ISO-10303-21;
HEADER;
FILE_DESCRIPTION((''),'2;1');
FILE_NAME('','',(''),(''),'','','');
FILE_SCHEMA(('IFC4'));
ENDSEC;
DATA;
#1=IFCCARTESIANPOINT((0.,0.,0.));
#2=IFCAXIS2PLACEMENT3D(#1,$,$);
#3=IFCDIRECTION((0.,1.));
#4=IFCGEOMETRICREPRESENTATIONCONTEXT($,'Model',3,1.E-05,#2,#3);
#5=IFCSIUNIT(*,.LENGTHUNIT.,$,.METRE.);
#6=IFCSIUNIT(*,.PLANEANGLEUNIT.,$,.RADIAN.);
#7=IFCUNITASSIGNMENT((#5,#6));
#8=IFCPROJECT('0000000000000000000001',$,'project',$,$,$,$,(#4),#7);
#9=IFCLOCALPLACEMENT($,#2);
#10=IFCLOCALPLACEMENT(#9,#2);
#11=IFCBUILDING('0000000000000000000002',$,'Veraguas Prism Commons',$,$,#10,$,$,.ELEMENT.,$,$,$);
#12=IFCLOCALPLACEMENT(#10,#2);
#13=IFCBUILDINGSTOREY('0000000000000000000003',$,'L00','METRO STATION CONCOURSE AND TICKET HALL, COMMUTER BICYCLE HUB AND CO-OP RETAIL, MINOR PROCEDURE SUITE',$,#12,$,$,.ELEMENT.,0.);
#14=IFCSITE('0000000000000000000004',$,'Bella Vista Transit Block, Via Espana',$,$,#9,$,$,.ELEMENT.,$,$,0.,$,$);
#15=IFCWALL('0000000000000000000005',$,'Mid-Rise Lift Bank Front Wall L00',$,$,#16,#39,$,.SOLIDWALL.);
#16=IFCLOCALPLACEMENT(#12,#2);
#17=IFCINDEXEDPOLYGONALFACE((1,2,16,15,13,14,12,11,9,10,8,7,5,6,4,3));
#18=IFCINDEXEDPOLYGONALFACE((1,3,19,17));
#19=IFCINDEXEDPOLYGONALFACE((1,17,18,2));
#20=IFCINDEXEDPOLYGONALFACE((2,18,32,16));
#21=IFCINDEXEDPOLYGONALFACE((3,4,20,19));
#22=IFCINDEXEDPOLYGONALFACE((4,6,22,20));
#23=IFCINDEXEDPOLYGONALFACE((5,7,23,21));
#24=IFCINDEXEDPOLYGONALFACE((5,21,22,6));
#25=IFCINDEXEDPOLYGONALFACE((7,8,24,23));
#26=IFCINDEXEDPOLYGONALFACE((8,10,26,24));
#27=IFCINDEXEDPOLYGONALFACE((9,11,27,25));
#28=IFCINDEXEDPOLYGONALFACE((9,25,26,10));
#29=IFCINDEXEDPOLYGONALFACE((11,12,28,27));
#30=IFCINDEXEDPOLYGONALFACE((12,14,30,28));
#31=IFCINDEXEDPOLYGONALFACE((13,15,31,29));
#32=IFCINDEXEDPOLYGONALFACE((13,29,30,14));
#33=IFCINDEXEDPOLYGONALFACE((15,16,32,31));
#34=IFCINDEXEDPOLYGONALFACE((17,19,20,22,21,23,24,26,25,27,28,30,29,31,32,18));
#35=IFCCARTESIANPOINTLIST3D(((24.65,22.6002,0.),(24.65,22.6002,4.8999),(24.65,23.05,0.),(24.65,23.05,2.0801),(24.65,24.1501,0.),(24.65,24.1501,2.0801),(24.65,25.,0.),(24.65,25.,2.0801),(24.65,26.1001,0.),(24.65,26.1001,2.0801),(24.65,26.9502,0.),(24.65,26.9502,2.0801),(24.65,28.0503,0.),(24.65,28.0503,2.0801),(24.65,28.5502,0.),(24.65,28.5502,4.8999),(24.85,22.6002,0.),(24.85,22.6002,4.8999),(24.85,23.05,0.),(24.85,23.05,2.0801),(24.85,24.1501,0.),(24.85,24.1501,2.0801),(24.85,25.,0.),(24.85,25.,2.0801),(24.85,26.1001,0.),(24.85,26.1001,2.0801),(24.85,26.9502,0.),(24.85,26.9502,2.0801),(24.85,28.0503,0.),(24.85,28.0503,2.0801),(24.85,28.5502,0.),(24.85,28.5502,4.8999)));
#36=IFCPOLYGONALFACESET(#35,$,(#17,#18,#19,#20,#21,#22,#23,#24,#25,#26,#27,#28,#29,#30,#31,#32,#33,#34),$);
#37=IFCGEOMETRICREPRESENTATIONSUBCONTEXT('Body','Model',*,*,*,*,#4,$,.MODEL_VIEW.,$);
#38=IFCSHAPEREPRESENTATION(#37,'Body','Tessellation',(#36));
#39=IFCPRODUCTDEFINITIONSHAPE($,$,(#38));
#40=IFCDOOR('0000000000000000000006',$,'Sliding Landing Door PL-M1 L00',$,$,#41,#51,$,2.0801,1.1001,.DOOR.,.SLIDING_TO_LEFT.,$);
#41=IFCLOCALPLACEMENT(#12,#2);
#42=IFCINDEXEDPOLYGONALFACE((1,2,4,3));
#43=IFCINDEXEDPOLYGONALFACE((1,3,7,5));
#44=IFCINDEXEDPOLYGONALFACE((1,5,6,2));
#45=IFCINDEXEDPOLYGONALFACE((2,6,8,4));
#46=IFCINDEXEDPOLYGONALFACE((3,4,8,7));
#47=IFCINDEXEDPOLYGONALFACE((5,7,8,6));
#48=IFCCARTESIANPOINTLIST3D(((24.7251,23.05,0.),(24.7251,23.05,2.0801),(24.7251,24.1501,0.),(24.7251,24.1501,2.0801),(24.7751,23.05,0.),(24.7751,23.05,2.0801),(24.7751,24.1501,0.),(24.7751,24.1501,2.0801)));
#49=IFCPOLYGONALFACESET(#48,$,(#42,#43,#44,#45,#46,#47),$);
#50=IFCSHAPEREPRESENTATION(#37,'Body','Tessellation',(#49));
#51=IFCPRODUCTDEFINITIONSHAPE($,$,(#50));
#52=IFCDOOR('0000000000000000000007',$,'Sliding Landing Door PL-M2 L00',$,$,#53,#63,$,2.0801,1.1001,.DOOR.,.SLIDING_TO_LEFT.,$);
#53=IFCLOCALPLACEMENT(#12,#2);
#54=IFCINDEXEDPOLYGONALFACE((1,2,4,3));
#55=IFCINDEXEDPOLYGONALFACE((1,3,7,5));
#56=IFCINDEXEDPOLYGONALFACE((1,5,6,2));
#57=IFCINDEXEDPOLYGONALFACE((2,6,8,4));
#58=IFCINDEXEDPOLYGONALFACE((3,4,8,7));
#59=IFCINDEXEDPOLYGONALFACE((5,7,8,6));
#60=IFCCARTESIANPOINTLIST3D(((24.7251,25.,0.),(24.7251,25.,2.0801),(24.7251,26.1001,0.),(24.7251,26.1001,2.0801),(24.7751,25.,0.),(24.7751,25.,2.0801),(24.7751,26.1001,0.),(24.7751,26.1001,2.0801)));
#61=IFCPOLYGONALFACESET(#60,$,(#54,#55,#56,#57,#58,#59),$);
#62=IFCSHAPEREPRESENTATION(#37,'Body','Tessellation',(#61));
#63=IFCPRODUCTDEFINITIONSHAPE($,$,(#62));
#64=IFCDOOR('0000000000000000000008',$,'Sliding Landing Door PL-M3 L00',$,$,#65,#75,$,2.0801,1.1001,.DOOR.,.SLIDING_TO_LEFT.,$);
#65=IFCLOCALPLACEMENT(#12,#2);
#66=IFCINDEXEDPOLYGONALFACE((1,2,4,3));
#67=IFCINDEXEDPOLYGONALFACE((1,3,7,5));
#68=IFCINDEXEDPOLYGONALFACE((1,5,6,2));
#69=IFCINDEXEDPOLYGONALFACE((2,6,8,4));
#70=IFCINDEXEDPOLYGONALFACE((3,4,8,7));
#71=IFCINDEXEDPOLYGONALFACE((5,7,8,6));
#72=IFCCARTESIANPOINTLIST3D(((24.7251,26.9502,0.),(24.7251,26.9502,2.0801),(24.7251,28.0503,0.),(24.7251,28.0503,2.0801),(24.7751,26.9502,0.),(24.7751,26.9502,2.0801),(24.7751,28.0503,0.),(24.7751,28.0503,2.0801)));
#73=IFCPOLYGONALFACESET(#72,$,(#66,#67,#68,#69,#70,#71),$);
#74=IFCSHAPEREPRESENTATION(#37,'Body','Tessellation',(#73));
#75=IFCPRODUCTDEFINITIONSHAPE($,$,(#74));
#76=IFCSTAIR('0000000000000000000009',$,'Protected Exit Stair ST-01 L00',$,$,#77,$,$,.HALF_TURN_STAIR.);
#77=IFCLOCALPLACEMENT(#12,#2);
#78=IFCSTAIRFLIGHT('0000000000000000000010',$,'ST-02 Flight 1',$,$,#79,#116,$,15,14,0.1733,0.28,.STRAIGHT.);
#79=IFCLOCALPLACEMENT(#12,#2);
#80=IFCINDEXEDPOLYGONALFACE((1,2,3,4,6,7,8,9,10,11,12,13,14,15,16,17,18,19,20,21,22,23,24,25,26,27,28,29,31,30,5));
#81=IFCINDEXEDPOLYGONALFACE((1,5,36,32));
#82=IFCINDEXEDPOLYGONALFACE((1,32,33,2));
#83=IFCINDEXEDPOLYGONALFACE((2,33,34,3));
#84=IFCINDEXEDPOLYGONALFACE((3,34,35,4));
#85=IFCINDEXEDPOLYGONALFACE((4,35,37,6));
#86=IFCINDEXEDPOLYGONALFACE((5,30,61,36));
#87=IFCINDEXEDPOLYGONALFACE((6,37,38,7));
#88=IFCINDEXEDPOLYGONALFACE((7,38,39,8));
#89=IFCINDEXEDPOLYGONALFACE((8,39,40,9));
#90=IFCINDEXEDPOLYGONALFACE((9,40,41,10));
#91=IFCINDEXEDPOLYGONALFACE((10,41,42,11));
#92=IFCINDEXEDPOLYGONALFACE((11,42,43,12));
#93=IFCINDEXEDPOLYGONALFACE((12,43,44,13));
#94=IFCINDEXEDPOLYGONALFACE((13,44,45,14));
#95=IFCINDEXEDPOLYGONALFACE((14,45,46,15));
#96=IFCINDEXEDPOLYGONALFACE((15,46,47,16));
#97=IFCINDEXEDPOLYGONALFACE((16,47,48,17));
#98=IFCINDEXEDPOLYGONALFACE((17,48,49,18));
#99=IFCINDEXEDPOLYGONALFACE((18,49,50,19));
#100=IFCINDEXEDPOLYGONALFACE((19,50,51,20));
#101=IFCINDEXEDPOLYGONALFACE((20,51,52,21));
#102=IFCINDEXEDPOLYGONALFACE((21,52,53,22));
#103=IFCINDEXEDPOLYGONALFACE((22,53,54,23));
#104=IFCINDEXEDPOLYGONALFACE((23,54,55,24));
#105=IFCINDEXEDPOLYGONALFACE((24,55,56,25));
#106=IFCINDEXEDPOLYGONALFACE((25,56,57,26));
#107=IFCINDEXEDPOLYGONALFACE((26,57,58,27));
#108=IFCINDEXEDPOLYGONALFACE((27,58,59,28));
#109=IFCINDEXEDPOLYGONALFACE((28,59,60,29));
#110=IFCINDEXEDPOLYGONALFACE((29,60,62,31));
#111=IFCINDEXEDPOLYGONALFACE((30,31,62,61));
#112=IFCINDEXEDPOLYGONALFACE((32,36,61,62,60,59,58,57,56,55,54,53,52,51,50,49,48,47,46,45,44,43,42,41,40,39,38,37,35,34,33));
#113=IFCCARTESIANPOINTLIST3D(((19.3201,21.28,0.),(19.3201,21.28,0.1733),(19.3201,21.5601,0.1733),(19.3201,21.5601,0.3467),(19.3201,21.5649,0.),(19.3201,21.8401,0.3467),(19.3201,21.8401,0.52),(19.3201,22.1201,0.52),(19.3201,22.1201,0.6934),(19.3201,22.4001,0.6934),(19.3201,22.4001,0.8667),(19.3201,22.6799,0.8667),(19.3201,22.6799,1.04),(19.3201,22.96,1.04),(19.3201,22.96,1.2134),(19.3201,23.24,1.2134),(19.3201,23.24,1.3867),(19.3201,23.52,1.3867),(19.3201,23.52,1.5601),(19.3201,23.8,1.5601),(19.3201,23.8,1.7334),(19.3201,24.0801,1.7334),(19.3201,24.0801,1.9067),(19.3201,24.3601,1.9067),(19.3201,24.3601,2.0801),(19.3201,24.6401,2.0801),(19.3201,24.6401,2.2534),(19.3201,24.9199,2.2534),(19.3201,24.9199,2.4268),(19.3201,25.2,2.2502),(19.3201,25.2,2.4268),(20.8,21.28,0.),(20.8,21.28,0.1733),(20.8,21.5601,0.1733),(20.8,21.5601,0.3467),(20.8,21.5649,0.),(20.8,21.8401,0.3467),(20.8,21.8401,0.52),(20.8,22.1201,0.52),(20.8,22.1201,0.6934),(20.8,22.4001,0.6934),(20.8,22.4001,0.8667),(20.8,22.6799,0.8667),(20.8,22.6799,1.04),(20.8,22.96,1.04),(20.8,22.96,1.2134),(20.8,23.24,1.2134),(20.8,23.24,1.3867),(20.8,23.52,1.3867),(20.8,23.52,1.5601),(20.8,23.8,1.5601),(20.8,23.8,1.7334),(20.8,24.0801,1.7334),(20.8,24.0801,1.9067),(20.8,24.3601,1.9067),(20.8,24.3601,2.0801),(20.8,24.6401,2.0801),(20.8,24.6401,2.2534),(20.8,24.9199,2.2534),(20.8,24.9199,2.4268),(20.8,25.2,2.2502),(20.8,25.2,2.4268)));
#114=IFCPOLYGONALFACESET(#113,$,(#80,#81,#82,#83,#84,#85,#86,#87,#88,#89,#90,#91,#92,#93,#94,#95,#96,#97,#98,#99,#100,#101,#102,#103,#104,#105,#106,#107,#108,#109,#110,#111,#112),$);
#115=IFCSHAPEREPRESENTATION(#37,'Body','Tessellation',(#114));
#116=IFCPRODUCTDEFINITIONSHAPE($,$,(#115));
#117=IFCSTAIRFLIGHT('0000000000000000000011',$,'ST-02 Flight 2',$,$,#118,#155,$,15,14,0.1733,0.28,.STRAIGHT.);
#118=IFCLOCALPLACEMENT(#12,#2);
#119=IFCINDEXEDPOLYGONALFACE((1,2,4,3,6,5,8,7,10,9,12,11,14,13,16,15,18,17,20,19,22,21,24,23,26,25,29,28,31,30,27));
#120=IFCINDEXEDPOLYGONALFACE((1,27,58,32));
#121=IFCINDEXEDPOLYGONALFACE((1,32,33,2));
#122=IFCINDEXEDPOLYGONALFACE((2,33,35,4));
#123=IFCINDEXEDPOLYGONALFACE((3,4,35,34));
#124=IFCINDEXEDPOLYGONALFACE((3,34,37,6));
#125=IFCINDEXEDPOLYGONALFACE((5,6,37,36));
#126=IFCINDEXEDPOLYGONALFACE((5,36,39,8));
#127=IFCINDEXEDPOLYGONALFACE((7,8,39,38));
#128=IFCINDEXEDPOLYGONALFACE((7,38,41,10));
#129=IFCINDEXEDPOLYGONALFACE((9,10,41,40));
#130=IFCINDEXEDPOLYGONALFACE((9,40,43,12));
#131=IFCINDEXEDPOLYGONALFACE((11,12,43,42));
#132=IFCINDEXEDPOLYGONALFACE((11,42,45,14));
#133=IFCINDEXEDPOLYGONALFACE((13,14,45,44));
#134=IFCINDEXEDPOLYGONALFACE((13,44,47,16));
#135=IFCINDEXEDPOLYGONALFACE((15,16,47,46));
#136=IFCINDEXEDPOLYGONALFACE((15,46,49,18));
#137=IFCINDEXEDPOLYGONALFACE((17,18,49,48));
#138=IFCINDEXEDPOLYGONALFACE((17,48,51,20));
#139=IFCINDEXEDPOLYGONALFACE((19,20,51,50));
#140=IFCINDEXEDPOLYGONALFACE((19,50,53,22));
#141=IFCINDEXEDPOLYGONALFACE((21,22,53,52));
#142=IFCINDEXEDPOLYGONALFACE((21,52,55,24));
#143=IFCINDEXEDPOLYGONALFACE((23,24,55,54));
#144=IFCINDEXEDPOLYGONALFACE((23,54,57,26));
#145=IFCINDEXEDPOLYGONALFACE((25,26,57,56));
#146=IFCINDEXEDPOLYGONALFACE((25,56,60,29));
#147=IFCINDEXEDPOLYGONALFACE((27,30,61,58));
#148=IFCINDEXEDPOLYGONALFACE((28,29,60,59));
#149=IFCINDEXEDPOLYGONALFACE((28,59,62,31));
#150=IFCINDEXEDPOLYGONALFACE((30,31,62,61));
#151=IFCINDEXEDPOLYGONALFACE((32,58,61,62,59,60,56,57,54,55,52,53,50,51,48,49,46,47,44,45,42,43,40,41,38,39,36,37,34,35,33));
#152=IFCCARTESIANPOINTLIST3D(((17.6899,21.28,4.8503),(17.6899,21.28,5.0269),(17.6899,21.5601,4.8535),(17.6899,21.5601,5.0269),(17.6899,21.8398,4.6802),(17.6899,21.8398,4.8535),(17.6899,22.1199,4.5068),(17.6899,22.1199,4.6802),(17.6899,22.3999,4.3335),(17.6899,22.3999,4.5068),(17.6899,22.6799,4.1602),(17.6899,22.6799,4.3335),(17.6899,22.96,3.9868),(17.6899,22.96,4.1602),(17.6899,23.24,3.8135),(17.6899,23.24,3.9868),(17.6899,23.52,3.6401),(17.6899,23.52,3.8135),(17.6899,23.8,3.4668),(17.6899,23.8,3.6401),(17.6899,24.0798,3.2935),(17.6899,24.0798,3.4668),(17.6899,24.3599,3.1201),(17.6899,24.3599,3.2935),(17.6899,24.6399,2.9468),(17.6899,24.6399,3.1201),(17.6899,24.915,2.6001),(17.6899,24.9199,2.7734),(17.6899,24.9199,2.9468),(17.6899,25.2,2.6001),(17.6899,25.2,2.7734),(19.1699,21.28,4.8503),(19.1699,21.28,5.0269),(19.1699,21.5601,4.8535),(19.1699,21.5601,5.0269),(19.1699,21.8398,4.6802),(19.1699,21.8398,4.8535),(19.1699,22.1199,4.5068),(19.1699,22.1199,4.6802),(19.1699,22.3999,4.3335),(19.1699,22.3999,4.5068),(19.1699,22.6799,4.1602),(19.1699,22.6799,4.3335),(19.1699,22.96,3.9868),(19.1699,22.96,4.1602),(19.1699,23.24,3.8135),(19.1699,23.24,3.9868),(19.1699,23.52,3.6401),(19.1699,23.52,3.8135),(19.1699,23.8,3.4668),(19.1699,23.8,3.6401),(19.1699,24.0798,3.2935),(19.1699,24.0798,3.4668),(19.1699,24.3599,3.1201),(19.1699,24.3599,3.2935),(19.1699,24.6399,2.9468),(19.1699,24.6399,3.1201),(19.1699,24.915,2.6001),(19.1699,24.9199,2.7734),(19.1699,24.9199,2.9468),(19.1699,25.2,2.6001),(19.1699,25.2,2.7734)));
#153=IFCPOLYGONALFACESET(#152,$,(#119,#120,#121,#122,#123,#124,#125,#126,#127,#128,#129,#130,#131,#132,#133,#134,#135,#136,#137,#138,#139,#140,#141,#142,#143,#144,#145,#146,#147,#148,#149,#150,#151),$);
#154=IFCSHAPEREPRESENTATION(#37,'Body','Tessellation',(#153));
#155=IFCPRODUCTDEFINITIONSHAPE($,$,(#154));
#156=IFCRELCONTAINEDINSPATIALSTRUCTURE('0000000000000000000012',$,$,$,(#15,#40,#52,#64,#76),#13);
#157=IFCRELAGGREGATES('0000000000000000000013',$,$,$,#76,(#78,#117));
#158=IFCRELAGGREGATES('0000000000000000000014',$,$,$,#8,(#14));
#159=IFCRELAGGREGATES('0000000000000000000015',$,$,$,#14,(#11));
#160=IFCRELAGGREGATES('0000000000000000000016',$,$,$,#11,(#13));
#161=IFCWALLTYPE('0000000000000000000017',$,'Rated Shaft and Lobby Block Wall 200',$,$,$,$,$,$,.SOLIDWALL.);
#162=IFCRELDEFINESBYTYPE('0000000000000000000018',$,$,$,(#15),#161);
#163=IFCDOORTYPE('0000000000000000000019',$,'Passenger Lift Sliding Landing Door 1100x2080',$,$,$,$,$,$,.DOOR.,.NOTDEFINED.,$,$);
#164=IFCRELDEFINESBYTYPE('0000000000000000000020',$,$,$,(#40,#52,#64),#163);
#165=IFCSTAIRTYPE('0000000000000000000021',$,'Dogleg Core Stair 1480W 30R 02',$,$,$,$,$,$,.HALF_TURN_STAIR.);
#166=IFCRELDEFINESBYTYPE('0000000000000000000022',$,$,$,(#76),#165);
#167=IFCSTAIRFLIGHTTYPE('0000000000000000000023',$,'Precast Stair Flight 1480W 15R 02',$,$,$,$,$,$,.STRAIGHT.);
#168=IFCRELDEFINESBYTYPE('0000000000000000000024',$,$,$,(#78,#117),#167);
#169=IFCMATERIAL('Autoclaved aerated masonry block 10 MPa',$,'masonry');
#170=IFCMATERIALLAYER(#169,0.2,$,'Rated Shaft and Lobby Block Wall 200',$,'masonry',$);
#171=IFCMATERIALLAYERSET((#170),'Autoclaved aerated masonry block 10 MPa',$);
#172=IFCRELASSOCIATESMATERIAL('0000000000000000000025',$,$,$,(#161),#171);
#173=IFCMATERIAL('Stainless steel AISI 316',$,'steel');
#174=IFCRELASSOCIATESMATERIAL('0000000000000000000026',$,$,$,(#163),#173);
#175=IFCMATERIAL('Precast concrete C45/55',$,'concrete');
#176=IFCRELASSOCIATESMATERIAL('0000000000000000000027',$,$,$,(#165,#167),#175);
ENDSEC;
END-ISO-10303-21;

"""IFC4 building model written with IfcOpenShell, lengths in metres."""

from ifc_helpers import new_model, si_unit, direction, frame, frame_2d, origin, place, context, subcontext, project, spatial, polyline, rectangle, outline, extrude, source, transform, mapped, material, layer, layer_set, type_object, element, fill, aggregate, save


model = new_model("IFC4")

# Units and contexts
model_context = context("Model", 3, precision=1e-05, world=origin(), true_north=direction((0.0, 1.0)))
body_context = subcontext(model_context, "Body", "Model", "MODEL_VIEW")
ifc_project = project(units=[si_unit("LENGTHUNIT", "METRE"), si_unit("PLANEANGLEUNIT", "RADIAN")], contexts=[model_context])

# Site, building, storey
site_placement = place(None, origin())
site = spatial("IfcSite", under=ifc_project, at=site_placement, Name="Bella Vista Transit Block, Via Espana", CompositionType="ELEMENT", RefElevation=0.0)
building_placement = place(site_placement, origin())
building = spatial("IfcBuilding", under=site, at=building_placement, Name="Veraguas Prism Commons", CompositionType="ELEMENT")
storey_placement = place(building_placement, origin())
storey = spatial("IfcBuildingStorey", under=building, at=storey_placement, Name="L00", Description="METRO STATION CONCOURSE AND TICKET HALL, COMMUTER BICYCLE HUB AND CO-OP RETAIL, MINOR PROCEDURE SUITE", CompositionType="ELEMENT", Elevation=0.0)

# Shared definitions
ifc_material_1 = material(Name="Autoclaved aerated masonry block 10 MPa", Category="masonry")
ifc_layer = layer(ifc_material_1, 0.2, Name="Rated Shaft and Lobby Block Wall 200", Category="masonry")
ifc_layer_set = layer_set([ifc_layer], Name="Autoclaved aerated masonry block 10 MPa")
wall_type = type_object("IfcWallType", Name="Rated Shaft and Lobby Block Wall 200", PredefinedType="SOLIDWALL", material=ifc_layer_set)

# Wall, openings, doors
ifc_material_2 = material(Name="Stainless steel AISI 316", Category="steel")
door_type = type_object("IfcDoorType", Name="Passenger Lift Sliding Landing Door 1100x2080", OperationType="NOTDEFINED", PredefinedType="DOOR", material=ifc_material_2)
shared_shape_1 = source(origin(), body_context, "Body", "SweptSolid", [
    extrude(rectangle(XDim=1.1001, YDim=2.0801, at=frame_2d((0.55, 1.04))), frame((0.0, 0.0249, 0.0), z_axis=(0.0, -1.0, 0.0), x_axis=(1.0, 0.0, 0.0)), (0.0, 0.0, 1.0), 0.05),
])
wall_1_placement = place(storey_placement, frame((24.75, 22.6001, 0.0), z_axis=(0.0, 0.0, 1.0), x_axis=(0.0, 1.0, 0.0)))
wall_1 = element("IfcWall", 1, at=wall_1_placement, inside=storey, type_object=wall_type, Name="Mid-Rise Lift Bank Front Wall L00", PredefinedType="SOLIDWALL", context=body_context, shape_type="SweptSolid", body=[
    extrude(rectangle(XDim=5.95, YDim=0.2, at=frame_2d((2.9751, 0.0))), origin(), (0.0, 0.0, 1.0), 4.8999),
])
opening_1_placement = place(wall_1_placement, frame((0.45, 0.0, 0.0)))
opening_1 = element("IfcOpeningElement", 2, at=opening_1_placement, cuts=wall_1, PredefinedType="OPENING", context=body_context, shape_type="SweptSolid", body=[
    extrude(rectangle(XDim=1.1001, YDim=2.0801, at=frame_2d((0.55, 1.04))), frame((0.0, 0.1099, 0.0), z_axis=(0.0, -1.0, 0.0), x_axis=(1.0, 0.0, 0.0)), (0.0, 0.0, 1.0), 0.22),
])
opening_2_placement = place(wall_1_placement, frame((2.3999, 0.0, 0.0)))
opening_2 = element("IfcOpeningElement", 3, at=opening_2_placement, cuts=wall_1, PredefinedType="OPENING", context=body_context, shape_type="SweptSolid", body=[
    extrude(rectangle(XDim=1.1001, YDim=2.0801, at=frame_2d((0.55, 1.04))), frame((0.0, 0.1099, 0.0), z_axis=(0.0, -1.0, 0.0), x_axis=(1.0, 0.0, 0.0)), (0.0, 0.0, 1.0), 0.22),
])
opening_3_placement = place(wall_1_placement, frame((4.3501, 0.0, 0.0)))
opening_3 = element("IfcOpeningElement", 4, at=opening_3_placement, cuts=wall_1, PredefinedType="OPENING", context=body_context, shape_type="SweptSolid", body=[
    extrude(rectangle(XDim=1.1001, YDim=2.0801, at=frame_2d((0.55, 1.04))), frame((0.0, 0.1099, 0.0), z_axis=(0.0, -1.0, 0.0), x_axis=(1.0, 0.0, 0.0)), (0.0, 0.0, 1.0), 0.22),
])
door_1_placement = place(opening_1_placement, origin())
door_1 = element("IfcDoor", 5, at=door_1_placement, inside=storey, type_object=door_type, Name="Sliding Landing Door PL-M1 L00", OperationType="SLIDING_TO_LEFT", OverallHeight=2.0801, OverallWidth=1.1001, PredefinedType="DOOR", context=body_context, shape_type="MappedRepresentation", body=[
    mapped(shared_shape_1, transform((0.0, 0.0, 0.0), scale=1.0)),
])
fill(opening_1, door_1)
door_2_placement = place(opening_2_placement, origin())
door_2 = element("IfcDoor", 6, at=door_2_placement, inside=storey, type_object=door_type, Name="Sliding Landing Door PL-M2 L00", OperationType="SLIDING_TO_LEFT", OverallHeight=2.0801, OverallWidth=1.1001, PredefinedType="DOOR", context=body_context, shape_type="MappedRepresentation", body=[
    mapped(shared_shape_1, transform((0.0, 0.0, 0.0), scale=1.0)),
])
fill(opening_2, door_2)
door_3_placement = place(opening_3_placement, origin())
door_3 = element("IfcDoor", 7, at=door_3_placement, inside=storey, type_object=door_type, Name="Sliding Landing Door PL-M3 L00", OperationType="SLIDING_TO_LEFT", OverallHeight=2.0801, OverallWidth=1.1001, PredefinedType="DOOR", context=body_context, shape_type="MappedRepresentation", body=[
    mapped(shared_shape_1, transform((0.0, 0.0, 0.0), scale=1.0)),
])
fill(opening_3, door_3)

# Stair, stair flights
ifc_material_3 = material(Name="Precast concrete C45/55", Category="concrete")
stair_type = type_object("IfcStairType", Name="Dogleg Core Stair 1480W 30R 02", PredefinedType="HALF_TURN_STAIR", material=ifc_material_3)
stair_1_placement = place(storey_placement, origin())
stair_1 = element("IfcStair", 8, at=stair_1_placement, inside=storey, type_object=stair_type, Name="Protected Exit Stair ST-01 L00", PredefinedType="HALF_TURN_STAIR")
stair_flight_type = type_object("IfcStairFlightType", Name="Precast Stair Flight 1480W 15R 02", PredefinedType="STRAIGHT", material=ifc_material_3)
stair_flight_1_placement = place(storey_placement, frame((20.0601, 21.28, 0.0), z_axis=(0.0, 0.0, 1.0), x_axis=(0.0, 1.0, 0.0)))
stair_flight_1 = element("IfcStairFlight", 9, at=stair_flight_1_placement, type_object=stair_flight_type, Name="ST-02 Flight 1", NumberOfRisers=15, NumberOfTreads=14, PredefinedType="STRAIGHT", RiserHeight=0.1733, TreadLength=0.28, context=body_context, shape_type="SweptSolid", body=[
    extrude(outline(polyline([(0.0, 0.0), (0.0, 0.1733), (0.28, 0.1733), (0.28, 0.3467), (0.5601, 0.3467), (0.5601, 0.52), (0.8401, 0.52), (0.8401, 0.6934), (1.1201, 0.6934), (1.1201, 0.8667), (1.3999, 0.8667), (1.3999, 1.04), (1.6799, 1.04), (1.6799, 1.2134), (1.96, 1.2134), (1.96, 1.3867), (2.24, 1.3867), (2.24, 1.5601), (2.52, 1.5601), (2.52, 1.7334), (2.8, 1.7334), (2.8, 1.9067), (3.0801, 1.9067), (3.0801, 2.0801), (3.3601, 2.0801), (3.3601, 2.2534), (3.6399, 2.2534), (3.6399, 2.4268), (3.9199, 2.4268), (3.9199, 2.6001), (3.9199, 2.2502), (0.2849, 0.0), (0.0, 0.0)])), frame((0.0, 0.74, 0.0), z_axis=(0.0, -1.0, 0.0), x_axis=(1.0, 0.0, 0.0)), (0.0, 0.0, 1.0), 1.48),
])
stair_flight_2_placement = place(storey_placement, frame((18.4299, 25.2, 2.6001), z_axis=(0.0, 0.0, 1.0), x_axis=(0.0, -1.0, 0.0)))
stair_flight_2 = element("IfcStairFlight", 10, at=stair_flight_2_placement, type_object=stair_flight_type, Name="ST-02 Flight 2", NumberOfRisers=15, NumberOfTreads=14, PredefinedType="STRAIGHT", RiserHeight=0.1733, TreadLength=0.28, context=body_context, shape_type="SweptSolid", body=[
    extrude(outline(polyline([(0.0, 0.0), (0.0, 0.1733), (0.28, 0.1733), (0.28, 0.3467), (0.5601, 0.3467), (0.5601, 0.52), (0.8401, 0.52), (0.8401, 0.6934), (1.1201, 0.6934), (1.1201, 0.8667), (1.3999, 0.8667), (1.3999, 1.04), (1.6799, 1.04), (1.6799, 1.2134), (1.96, 1.2134), (1.96, 1.3867), (2.24, 1.3867), (2.24, 1.5601), (2.52, 1.5601), (2.52, 1.7334), (2.8, 1.7334), (2.8, 1.9067), (3.0801, 1.9067), (3.0801, 2.0801), (3.3601, 2.0801), (3.3601, 2.2534), (3.6399, 2.2534), (3.6399, 2.4268), (3.9199, 2.4268), (3.9199, 2.6001), (3.9199, 2.2502), (0.2849, 0.0), (0.0, 0.0)])), frame((0.0, 0.74, 0.0), z_axis=(0.0, -1.0, 0.0), x_axis=(1.0, 0.0, 0.0)), (0.0, 0.0, 1.0), 1.48),
])
aggregate(stair_1, [stair_flight_1, stair_flight_2])

save(model, "model.ifc")
